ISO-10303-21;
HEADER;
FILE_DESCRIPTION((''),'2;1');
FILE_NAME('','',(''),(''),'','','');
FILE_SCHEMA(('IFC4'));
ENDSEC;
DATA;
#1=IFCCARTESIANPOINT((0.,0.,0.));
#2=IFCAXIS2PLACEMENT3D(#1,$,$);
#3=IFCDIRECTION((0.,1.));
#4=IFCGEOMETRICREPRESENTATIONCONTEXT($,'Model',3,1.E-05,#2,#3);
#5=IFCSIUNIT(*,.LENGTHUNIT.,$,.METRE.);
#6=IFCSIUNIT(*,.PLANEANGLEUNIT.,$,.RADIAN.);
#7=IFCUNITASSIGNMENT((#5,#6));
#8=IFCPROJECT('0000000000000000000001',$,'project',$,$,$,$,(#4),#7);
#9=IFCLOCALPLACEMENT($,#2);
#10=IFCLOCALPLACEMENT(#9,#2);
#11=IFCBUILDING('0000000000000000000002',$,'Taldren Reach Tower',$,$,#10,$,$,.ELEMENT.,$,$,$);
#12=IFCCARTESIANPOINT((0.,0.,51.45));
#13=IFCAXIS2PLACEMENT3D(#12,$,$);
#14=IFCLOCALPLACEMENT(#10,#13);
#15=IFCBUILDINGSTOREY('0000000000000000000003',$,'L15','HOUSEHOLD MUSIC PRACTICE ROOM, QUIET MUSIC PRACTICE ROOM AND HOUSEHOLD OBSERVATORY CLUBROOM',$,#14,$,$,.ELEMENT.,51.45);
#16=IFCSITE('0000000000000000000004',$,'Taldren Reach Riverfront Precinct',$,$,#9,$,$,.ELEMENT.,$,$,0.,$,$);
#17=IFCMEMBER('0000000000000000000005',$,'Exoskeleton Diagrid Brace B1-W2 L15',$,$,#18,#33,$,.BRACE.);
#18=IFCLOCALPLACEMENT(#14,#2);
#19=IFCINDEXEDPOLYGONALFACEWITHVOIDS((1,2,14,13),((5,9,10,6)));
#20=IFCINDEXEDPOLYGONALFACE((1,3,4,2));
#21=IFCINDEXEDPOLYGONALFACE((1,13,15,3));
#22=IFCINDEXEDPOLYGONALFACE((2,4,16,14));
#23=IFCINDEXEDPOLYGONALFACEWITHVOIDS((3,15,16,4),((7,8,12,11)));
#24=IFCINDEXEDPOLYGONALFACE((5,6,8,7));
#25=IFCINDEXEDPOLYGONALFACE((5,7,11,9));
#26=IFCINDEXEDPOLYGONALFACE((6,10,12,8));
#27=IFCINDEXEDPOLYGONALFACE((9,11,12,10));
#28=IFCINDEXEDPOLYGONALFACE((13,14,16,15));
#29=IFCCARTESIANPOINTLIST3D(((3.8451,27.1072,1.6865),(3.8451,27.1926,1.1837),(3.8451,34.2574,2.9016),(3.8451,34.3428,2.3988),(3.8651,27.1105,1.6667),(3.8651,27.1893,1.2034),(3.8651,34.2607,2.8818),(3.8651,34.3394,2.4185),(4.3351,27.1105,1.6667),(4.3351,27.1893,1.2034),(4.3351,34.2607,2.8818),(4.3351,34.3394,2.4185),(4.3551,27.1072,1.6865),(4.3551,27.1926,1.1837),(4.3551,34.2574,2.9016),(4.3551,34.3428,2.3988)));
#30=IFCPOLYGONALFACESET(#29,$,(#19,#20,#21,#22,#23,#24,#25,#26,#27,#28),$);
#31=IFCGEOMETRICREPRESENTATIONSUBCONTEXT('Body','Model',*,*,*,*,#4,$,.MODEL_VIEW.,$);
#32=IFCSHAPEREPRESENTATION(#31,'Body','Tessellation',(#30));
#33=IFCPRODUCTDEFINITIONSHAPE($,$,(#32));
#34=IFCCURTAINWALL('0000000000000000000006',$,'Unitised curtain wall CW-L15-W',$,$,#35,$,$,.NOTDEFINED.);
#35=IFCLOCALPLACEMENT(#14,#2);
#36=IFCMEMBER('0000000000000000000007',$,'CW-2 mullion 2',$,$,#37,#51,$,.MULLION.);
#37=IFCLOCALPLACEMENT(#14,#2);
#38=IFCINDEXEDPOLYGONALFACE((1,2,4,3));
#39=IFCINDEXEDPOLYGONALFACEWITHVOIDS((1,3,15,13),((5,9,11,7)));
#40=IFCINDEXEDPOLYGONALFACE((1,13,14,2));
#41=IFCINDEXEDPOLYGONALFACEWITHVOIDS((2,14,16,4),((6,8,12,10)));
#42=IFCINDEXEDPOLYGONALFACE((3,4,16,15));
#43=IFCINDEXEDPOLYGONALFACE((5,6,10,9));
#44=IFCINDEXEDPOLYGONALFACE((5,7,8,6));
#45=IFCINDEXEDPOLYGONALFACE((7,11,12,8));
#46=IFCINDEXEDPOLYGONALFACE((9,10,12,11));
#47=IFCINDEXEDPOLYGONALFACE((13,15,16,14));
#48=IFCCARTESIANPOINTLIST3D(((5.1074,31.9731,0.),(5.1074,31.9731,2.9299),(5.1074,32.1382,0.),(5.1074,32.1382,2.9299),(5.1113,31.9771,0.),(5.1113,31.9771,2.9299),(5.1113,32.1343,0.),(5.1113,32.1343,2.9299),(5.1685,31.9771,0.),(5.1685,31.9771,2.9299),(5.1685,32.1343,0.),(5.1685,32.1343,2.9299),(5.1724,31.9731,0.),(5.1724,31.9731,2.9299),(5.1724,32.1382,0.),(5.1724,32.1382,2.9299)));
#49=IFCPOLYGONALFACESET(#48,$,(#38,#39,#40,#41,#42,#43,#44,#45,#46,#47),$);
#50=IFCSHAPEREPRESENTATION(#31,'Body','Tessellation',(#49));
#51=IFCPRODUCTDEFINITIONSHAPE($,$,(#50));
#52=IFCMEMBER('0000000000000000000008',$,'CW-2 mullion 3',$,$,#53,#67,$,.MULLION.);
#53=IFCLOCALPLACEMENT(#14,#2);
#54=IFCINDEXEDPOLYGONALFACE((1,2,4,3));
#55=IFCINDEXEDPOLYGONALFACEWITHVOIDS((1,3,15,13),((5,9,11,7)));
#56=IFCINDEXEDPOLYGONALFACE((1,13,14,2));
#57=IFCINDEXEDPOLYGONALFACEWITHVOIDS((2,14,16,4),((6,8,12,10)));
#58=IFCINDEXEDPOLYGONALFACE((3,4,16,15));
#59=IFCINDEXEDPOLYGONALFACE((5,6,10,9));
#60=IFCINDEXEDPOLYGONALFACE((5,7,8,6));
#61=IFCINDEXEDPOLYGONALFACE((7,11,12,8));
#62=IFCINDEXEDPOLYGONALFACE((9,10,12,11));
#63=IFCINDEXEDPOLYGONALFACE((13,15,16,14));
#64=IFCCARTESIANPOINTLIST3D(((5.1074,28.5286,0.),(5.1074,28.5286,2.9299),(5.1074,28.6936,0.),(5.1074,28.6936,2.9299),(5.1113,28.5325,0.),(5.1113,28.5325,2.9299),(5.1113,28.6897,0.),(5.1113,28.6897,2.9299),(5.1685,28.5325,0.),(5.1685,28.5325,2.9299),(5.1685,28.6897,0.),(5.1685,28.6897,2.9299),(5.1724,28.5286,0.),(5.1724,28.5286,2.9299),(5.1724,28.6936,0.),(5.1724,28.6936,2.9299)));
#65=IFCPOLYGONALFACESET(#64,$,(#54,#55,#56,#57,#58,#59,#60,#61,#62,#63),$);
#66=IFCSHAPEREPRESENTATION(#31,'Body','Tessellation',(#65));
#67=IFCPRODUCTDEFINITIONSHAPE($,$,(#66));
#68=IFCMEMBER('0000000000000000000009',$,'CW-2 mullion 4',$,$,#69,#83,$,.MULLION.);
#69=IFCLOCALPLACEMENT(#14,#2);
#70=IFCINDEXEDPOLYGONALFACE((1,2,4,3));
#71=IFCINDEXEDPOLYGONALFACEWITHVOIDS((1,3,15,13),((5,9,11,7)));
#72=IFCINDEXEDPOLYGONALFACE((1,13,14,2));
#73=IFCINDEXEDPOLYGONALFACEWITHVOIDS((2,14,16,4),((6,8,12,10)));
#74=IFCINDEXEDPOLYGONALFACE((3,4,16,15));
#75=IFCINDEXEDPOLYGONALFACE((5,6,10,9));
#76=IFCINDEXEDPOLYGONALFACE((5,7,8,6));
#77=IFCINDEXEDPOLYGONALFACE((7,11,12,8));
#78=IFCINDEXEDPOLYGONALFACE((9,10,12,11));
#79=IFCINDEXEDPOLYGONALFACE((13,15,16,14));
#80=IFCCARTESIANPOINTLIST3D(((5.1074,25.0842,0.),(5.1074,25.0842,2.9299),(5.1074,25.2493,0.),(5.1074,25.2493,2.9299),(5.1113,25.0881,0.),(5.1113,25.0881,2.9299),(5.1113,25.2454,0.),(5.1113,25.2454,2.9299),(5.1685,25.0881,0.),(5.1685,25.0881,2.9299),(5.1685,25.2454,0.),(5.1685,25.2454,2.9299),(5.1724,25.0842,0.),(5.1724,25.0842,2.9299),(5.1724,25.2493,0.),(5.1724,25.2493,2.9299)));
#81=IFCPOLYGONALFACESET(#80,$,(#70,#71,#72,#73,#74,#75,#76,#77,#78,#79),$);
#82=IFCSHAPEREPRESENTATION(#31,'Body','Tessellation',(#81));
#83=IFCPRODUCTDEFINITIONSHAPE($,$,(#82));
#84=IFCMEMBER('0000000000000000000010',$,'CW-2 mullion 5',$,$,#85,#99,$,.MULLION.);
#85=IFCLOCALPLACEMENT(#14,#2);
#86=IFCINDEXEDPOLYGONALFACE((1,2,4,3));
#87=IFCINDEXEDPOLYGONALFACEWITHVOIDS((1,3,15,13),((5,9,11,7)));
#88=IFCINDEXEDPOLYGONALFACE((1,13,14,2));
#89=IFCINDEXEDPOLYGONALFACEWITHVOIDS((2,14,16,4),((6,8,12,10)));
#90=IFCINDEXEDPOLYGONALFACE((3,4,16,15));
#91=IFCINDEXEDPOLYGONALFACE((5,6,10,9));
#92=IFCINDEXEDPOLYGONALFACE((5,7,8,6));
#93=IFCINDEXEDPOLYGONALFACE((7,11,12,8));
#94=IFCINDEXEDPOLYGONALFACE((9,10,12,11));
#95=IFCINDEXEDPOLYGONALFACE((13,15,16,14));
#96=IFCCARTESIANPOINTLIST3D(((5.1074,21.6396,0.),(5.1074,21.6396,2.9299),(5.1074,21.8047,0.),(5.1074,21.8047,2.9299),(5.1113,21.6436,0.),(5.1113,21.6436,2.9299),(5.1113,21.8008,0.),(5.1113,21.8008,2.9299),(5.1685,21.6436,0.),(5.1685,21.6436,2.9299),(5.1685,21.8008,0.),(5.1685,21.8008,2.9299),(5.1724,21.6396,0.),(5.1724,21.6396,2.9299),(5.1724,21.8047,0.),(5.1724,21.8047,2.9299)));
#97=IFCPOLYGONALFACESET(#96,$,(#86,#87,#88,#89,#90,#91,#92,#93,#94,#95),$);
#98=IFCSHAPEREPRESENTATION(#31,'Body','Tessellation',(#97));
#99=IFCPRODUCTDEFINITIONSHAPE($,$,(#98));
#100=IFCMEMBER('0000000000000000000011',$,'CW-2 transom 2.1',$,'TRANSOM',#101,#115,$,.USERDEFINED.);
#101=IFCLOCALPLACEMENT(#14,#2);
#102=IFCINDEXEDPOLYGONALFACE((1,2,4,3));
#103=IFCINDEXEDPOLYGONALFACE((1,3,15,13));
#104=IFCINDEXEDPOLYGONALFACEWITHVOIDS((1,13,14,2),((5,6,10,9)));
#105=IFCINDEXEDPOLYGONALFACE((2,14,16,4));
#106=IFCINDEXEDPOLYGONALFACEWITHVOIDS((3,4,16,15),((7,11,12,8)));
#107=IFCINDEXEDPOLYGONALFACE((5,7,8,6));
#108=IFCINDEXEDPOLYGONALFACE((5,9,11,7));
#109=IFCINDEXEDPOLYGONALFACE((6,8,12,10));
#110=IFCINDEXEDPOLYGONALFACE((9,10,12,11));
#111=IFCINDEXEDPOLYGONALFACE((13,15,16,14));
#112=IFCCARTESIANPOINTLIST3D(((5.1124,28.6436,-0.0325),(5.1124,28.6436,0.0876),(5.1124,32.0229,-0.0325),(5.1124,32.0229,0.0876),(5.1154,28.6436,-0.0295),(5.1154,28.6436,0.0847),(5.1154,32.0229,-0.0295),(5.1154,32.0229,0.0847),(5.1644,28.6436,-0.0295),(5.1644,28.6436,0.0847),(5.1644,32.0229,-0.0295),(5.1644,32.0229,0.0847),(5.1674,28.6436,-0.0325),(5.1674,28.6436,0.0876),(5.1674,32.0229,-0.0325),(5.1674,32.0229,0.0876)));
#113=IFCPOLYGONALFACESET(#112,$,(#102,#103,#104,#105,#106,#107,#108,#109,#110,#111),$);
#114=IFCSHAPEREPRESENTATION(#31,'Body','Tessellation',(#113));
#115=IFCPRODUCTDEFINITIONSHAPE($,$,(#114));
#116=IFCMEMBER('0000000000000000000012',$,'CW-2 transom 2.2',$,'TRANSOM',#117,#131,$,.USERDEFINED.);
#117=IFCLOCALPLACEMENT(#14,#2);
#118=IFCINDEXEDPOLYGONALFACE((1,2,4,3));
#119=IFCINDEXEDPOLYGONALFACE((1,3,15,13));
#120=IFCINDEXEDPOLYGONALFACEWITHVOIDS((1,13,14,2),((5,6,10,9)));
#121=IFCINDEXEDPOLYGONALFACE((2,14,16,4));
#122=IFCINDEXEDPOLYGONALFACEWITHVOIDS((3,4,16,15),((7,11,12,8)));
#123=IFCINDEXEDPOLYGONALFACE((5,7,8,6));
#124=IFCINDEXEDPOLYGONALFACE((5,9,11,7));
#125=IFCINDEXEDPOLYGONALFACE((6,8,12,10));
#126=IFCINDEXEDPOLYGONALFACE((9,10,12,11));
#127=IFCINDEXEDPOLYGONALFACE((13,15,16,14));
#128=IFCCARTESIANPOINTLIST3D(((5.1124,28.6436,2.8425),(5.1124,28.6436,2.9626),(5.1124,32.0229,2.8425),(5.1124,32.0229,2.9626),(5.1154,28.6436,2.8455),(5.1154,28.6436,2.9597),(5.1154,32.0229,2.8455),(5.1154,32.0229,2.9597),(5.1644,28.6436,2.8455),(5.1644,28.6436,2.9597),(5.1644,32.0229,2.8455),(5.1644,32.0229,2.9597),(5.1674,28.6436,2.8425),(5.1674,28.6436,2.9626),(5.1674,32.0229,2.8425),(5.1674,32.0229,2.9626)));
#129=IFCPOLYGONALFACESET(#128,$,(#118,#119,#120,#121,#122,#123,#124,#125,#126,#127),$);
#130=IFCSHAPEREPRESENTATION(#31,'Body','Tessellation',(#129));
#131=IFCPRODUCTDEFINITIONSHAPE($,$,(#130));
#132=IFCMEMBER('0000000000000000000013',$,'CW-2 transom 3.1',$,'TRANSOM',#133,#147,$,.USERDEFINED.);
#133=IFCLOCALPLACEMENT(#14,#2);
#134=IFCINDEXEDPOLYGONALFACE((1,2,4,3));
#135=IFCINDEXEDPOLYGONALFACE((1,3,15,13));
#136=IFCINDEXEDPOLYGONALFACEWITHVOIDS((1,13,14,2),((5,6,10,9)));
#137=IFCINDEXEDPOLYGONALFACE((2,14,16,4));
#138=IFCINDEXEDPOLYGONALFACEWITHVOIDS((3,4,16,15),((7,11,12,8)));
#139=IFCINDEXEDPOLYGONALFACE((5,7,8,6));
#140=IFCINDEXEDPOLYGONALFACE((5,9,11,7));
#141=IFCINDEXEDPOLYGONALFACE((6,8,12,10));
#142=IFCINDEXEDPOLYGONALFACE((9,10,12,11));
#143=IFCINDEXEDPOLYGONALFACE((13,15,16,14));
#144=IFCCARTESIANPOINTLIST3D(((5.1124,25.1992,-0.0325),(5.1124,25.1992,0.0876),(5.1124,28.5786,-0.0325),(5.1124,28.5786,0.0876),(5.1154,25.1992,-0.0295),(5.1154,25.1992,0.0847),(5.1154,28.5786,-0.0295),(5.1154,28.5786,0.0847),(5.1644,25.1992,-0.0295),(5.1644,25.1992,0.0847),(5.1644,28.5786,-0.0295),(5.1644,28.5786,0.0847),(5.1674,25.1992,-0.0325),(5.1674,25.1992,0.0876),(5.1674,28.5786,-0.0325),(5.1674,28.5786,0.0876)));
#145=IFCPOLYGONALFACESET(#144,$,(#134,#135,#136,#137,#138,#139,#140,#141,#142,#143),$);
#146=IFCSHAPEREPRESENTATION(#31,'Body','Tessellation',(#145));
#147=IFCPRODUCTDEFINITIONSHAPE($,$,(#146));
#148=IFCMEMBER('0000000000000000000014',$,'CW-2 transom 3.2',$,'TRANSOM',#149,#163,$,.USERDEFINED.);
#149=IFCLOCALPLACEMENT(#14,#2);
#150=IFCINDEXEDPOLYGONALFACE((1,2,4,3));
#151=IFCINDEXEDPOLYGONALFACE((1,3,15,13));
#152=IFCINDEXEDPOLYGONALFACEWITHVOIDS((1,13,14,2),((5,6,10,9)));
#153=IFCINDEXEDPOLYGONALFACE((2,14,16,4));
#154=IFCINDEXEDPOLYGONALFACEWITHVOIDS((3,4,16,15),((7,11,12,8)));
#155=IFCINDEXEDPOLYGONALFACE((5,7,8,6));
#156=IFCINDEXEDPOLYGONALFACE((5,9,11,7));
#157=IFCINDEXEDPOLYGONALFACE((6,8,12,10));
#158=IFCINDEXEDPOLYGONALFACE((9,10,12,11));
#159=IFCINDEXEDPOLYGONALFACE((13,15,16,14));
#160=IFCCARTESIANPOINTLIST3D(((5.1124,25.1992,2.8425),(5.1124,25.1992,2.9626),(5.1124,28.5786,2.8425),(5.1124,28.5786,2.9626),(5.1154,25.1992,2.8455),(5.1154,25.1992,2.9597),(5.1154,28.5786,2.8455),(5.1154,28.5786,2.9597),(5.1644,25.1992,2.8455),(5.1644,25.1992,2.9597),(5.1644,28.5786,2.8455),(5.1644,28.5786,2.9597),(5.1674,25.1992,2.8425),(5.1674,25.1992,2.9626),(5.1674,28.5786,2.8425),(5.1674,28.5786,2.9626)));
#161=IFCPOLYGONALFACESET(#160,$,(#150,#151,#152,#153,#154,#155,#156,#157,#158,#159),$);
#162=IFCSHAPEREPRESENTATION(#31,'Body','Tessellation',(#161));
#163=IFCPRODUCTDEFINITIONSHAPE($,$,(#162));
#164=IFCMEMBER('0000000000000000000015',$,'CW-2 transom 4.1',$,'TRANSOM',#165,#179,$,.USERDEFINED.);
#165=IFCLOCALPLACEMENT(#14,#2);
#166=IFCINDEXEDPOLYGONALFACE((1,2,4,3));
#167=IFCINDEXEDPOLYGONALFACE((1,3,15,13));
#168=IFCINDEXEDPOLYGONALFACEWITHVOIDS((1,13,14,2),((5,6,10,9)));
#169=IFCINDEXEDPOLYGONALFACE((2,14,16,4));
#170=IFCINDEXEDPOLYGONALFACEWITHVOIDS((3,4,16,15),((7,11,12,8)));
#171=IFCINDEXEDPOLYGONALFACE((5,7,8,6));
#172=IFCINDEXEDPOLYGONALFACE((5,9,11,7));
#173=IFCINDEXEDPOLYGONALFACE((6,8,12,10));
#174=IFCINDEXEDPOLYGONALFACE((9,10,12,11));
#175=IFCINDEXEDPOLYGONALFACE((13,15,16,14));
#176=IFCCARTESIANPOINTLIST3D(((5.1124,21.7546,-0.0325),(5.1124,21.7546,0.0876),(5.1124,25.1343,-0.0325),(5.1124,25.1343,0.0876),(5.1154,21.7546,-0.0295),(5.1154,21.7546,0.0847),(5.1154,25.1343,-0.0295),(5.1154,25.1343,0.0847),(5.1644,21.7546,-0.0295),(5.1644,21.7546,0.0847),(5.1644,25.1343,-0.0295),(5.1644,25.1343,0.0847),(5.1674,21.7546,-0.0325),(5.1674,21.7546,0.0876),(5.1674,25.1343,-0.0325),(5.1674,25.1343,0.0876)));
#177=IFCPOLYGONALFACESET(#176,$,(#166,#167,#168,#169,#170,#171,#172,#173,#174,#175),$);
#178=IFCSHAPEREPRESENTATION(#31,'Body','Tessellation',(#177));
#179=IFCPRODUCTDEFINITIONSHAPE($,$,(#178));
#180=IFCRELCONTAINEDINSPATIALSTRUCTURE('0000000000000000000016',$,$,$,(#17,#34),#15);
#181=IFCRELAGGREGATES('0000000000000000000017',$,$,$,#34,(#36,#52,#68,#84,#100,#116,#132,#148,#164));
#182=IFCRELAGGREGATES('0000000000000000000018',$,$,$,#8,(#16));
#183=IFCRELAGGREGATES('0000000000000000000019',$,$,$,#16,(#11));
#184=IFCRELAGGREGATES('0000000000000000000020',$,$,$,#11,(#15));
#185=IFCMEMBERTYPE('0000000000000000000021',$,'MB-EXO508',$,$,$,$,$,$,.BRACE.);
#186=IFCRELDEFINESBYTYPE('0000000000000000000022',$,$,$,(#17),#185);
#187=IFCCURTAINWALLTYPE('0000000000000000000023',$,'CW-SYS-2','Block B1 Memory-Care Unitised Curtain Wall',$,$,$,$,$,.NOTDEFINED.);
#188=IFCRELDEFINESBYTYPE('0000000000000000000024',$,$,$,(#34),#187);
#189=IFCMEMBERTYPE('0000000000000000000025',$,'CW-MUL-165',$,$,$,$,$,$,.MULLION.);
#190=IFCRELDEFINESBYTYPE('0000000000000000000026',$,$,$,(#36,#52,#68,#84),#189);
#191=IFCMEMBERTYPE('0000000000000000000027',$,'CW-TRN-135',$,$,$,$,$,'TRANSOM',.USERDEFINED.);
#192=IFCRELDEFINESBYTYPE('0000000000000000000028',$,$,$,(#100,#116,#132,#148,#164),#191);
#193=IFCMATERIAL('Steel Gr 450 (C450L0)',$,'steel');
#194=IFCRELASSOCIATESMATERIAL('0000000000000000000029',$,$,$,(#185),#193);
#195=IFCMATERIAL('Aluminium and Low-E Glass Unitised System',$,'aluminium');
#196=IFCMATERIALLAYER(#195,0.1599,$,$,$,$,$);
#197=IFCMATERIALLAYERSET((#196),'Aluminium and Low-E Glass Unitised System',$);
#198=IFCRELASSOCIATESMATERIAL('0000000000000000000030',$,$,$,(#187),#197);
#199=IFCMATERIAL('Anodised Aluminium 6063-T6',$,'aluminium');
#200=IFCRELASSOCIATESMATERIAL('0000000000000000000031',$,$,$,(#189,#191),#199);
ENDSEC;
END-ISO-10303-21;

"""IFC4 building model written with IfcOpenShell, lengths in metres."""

from ifc_helpers import new_model, si_unit, direction, frame, origin, origin_2d, place, context, subcontext, project, spatial, hollow_rectangle, extrude, source, transform, mapped, material, layer, layer_set, material_profile, profile_set, type_object, element, aggregate, save


model = new_model("IFC4")

# Units and contexts
model_context = context("Model", 3, precision=1e-05, world=origin(), true_north=direction((0.0, 1.0)))
body_context = subcontext(model_context, "Body", "Model", "MODEL_VIEW")
ifc_project = project(units=[si_unit("LENGTHUNIT", "METRE"), si_unit("PLANEANGLEUNIT", "RADIAN")], contexts=[model_context])

# Site, building, storey
site_placement = place(None, origin())
site = spatial("IfcSite", under=ifc_project, at=site_placement, Name="Taldren Reach Riverfront Precinct", CompositionType="ELEMENT", RefElevation=0.0)
building_placement = place(site_placement, origin())
building = spatial("IfcBuilding", under=site, at=building_placement, Name="Taldren Reach Tower", CompositionType="ELEMENT")
storey_placement = place(building_placement, frame((0.0, 0.0, 51.45)))
storey = spatial("IfcBuildingStorey", under=building, at=storey_placement, Name="L15", Description="HOUSEHOLD MUSIC PRACTICE ROOM, QUIET MUSIC PRACTICE ROOM AND HOUSEHOLD OBSERVATORY CLUBROOM", CompositionType="ELEMENT", Elevation=51.45)

# Member
ifc_material_1 = material(Name="Steel Gr 450 (C450L0)", Category="steel")
ifc_material_profile_1 = material_profile(ifc_material_1, hollow_rectangle(XDim=0.51, YDim=0.51, WallThickness=0.02, at=origin_2d()), Name="510x510x20.0SHS")
ifc_profile_set_1 = profile_set([ifc_material_profile_1], Name="Steel Gr 450 (C450L0)")
member_type_1 = type_object("IfcMemberType", Name="MB-EXO508", PredefinedType="BRACE", material=ifc_profile_set_1)
shared_shape_1 = source(origin(), body_context, "Body", "SweptSolid", [
    extrude(hollow_rectangle(XDim=0.51, YDim=0.51, WallThickness=0.02, at=origin_2d()), origin(), (0.0, 0.0, 1.0), 7.2527),
])
member_1_placement = place(storey_placement, frame((4.1001, 27.1499, 1.4351), z_axis=(0.0, 0.985866, 0.167537), x_axis=(-1.0, 0.0, 0.0)))
element("IfcMember", 1, at=member_1_placement, inside=storey, type_object=member_type_1, Name="Exoskeleton Diagrid Brace B1-W2 L15", PredefinedType="BRACE", context=body_context, shape_type="MappedRepresentation", body=[
    mapped(shared_shape_1, transform((0.0, 0.0, 0.0), scale=1.0)),
])

# Curtain wall, members
ifc_material_2 = material(Name="Aluminium and Low-E Glass Unitised System", Category="aluminium")
ifc_layer_1 = layer(ifc_material_2, 0.1599)
ifc_layer_set_1 = layer_set([ifc_layer_1], Name="Aluminium and Low-E Glass Unitised System")
curtain_wall_type = type_object("IfcCurtainWallType", Name="CW-SYS-2", Description="Block B1 Memory-Care Unitised Curtain Wall", PredefinedType="NOTDEFINED", material=ifc_layer_set_1)
curtain_wall_placement = place(storey_placement, origin())
curtain_wall = element("IfcCurtainWall", 2, at=curtain_wall_placement, inside=storey, type_object=curtain_wall_type, Name="Unitised curtain wall CW-L15-W", PredefinedType="NOTDEFINED")
ifc_material_3 = material(Name="Anodised Aluminium 6063-T6", Category="aluminium")
ifc_material_profile_2 = material_profile(ifc_material_3, hollow_rectangle(XDim=0.0649, YDim=0.165, WallThickness=0.0039, at=origin_2d()), Name="ALU-165x65x4RHS")
ifc_profile_set_2 = profile_set([ifc_material_profile_2], Name="Anodised Aluminium 6063-T6")
member_type_2 = type_object("IfcMemberType", Name="CW-MUL-165", PredefinedType="MULLION", material=ifc_profile_set_2)
shared_shape_2 = source(origin(), body_context, "Body", "SweptSolid", [
    extrude(hollow_rectangle(XDim=0.0649, YDim=0.165, WallThickness=0.0039, at=origin_2d()), origin(), (0.0, 0.0, 1.0), 2.9299),
])
member_2_placement = place(storey_placement, frame((5.1399, 32.0557, 0.0), z_axis=(0.0, 0.0, 1.0), x_axis=(1.0, 0.0, 0.0)))
member_2 = element("IfcMember", 3, at=member_2_placement, type_object=member_type_2, Name="CW-2 mullion 2", PredefinedType="MULLION", context=body_context, shape_type="MappedRepresentation", body=[
    mapped(shared_shape_2, transform((0.0, 0.0, 0.0), scale=1.0)),
])
member_3_placement = place(storey_placement, frame((5.1399, 28.6111, 0.0), z_axis=(0.0, 0.0, 1.0), x_axis=(1.0, 0.0, 0.0)))
member_3 = element("IfcMember", 4, at=member_3_placement, type_object=member_type_2, Name="CW-2 mullion 3", PredefinedType="MULLION", context=body_context, shape_type="MappedRepresentation", body=[
    mapped(shared_shape_2, transform((0.0, 0.0, 0.0), scale=1.0)),
])
member_4_placement = place(storey_placement, frame((5.1399, 25.1667, 0.0), z_axis=(0.0, 0.0, 1.0), x_axis=(1.0, 0.0, 0.0)))
member_4 = element("IfcMember", 5, at=member_4_placement, type_object=member_type_2, Name="CW-2 mullion 4", PredefinedType="MULLION", context=body_context, shape_type="MappedRepresentation", body=[
    mapped(shared_shape_2, transform((0.0, 0.0, 0.0), scale=1.0)),
])
member_5_placement = place(storey_placement, frame((5.1399, 21.7222, 0.0), z_axis=(0.0, 0.0, 1.0), x_axis=(1.0, 0.0, 0.0)))
member_5 = element("IfcMember", 6, at=member_5_placement, type_object=member_type_2, Name="CW-2 mullion 5", PredefinedType="MULLION", context=body_context, shape_type="MappedRepresentation", body=[
    mapped(shared_shape_2, transform((0.0, 0.0, 0.0), scale=1.0)),
])
ifc_material_profile_3 = material_profile(ifc_material_3, hollow_rectangle(XDim=0.0549, YDim=0.1201, WallThickness=0.0029, at=origin_2d()), Name="ALU-120x55x3RHS")
ifc_profile_set_3 = profile_set([ifc_material_profile_3], Name="Anodised Aluminium 6063-T6")
member_type_3 = type_object("IfcMemberType", Name="CW-TRN-135", ElementType="TRANSOM", PredefinedType="USERDEFINED", material=ifc_profile_set_3)
shared_shape_3 = source(origin(), body_context, "Body", "SweptSolid", [
    extrude(hollow_rectangle(XDim=0.0549, YDim=0.1201, WallThickness=0.0029, at=origin_2d()), origin(), (0.0, 0.0, 1.0), 3.3794),
])
member_6_placement = place(storey_placement, frame((5.1399, 32.0229, 0.0276), z_axis=(0.0, -1.0, 0.0), x_axis=(1.0, 0.0, 0.0)))
member_6 = element("IfcMember", 7, at=member_6_placement, type_object=member_type_3, Name="CW-2 transom 2.1", ObjectType="TRANSOM", PredefinedType="USERDEFINED", context=body_context, shape_type="MappedRepresentation", body=[
    mapped(shared_shape_3, transform((0.0, 0.0, 0.0), scale=1.0)),
])
member_7_placement = place(storey_placement, frame((5.1399, 32.0229, 2.9026), z_axis=(0.0, -1.0, 0.0), x_axis=(1.0, 0.0, 0.0)))
member_7 = element("IfcMember", 8, at=member_7_placement, type_object=member_type_3, Name="CW-2 transom 2.2", ObjectType="TRANSOM", PredefinedType="USERDEFINED", context=body_context, shape_type="MappedRepresentation", body=[
    mapped(shared_shape_3, transform((0.0, 0.0, 0.0), scale=1.0)),
])
member_8_placement = place(storey_placement, frame((5.1399, 28.5786, 0.0276), z_axis=(0.0, -1.0, 0.0), x_axis=(1.0, 0.0, 0.0)))
member_8 = element("IfcMember", 9, at=member_8_placement, type_object=member_type_3, Name="CW-2 transom 3.1", ObjectType="TRANSOM", PredefinedType="USERDEFINED", context=body_context, shape_type="MappedRepresentation", body=[
    mapped(shared_shape_3, transform((0.0, 0.0, 0.0), scale=1.0)),
])
member_9_placement = place(storey_placement, frame((5.1399, 28.5786, 2.9026), z_axis=(0.0, -1.0, 0.0), x_axis=(1.0, 0.0, 0.0)))
member_9 = element("IfcMember", 10, at=member_9_placement, type_object=member_type_3, Name="CW-2 transom 3.2", ObjectType="TRANSOM", PredefinedType="USERDEFINED", context=body_context, shape_type="MappedRepresentation", body=[
    mapped(shared_shape_3, transform((0.0, 0.0, 0.0), scale=1.0)),
])
shared_shape_4 = source(origin(), body_context, "Body", "SweptSolid", [
    extrude(hollow_rectangle(XDim=0.0549, YDim=0.1201, WallThickness=0.0029, at=origin_2d()), origin(), (0.0, 0.0, 1.0), 3.3796),
])
member_10_placement = place(storey_placement, frame((5.1399, 25.1343, 0.0276), z_axis=(0.0, -1.0, 0.0), x_axis=(1.0, 0.0, 0.0)))
member_10 = element("IfcMember", 11, at=member_10_placement, type_object=member_type_3, Name="CW-2 transom 4.1", ObjectType="TRANSOM", PredefinedType="USERDEFINED", context=body_context, shape_type="MappedRepresentation", body=[
    mapped(shared_shape_4, transform((0.0, 0.0, 0.0), scale=1.0)),
])
aggregate(curtain_wall, [member_2, member_3, member_4, member_5, member_6, member_7, member_8, member_9, member_10])

save(model, "model.ifc")
